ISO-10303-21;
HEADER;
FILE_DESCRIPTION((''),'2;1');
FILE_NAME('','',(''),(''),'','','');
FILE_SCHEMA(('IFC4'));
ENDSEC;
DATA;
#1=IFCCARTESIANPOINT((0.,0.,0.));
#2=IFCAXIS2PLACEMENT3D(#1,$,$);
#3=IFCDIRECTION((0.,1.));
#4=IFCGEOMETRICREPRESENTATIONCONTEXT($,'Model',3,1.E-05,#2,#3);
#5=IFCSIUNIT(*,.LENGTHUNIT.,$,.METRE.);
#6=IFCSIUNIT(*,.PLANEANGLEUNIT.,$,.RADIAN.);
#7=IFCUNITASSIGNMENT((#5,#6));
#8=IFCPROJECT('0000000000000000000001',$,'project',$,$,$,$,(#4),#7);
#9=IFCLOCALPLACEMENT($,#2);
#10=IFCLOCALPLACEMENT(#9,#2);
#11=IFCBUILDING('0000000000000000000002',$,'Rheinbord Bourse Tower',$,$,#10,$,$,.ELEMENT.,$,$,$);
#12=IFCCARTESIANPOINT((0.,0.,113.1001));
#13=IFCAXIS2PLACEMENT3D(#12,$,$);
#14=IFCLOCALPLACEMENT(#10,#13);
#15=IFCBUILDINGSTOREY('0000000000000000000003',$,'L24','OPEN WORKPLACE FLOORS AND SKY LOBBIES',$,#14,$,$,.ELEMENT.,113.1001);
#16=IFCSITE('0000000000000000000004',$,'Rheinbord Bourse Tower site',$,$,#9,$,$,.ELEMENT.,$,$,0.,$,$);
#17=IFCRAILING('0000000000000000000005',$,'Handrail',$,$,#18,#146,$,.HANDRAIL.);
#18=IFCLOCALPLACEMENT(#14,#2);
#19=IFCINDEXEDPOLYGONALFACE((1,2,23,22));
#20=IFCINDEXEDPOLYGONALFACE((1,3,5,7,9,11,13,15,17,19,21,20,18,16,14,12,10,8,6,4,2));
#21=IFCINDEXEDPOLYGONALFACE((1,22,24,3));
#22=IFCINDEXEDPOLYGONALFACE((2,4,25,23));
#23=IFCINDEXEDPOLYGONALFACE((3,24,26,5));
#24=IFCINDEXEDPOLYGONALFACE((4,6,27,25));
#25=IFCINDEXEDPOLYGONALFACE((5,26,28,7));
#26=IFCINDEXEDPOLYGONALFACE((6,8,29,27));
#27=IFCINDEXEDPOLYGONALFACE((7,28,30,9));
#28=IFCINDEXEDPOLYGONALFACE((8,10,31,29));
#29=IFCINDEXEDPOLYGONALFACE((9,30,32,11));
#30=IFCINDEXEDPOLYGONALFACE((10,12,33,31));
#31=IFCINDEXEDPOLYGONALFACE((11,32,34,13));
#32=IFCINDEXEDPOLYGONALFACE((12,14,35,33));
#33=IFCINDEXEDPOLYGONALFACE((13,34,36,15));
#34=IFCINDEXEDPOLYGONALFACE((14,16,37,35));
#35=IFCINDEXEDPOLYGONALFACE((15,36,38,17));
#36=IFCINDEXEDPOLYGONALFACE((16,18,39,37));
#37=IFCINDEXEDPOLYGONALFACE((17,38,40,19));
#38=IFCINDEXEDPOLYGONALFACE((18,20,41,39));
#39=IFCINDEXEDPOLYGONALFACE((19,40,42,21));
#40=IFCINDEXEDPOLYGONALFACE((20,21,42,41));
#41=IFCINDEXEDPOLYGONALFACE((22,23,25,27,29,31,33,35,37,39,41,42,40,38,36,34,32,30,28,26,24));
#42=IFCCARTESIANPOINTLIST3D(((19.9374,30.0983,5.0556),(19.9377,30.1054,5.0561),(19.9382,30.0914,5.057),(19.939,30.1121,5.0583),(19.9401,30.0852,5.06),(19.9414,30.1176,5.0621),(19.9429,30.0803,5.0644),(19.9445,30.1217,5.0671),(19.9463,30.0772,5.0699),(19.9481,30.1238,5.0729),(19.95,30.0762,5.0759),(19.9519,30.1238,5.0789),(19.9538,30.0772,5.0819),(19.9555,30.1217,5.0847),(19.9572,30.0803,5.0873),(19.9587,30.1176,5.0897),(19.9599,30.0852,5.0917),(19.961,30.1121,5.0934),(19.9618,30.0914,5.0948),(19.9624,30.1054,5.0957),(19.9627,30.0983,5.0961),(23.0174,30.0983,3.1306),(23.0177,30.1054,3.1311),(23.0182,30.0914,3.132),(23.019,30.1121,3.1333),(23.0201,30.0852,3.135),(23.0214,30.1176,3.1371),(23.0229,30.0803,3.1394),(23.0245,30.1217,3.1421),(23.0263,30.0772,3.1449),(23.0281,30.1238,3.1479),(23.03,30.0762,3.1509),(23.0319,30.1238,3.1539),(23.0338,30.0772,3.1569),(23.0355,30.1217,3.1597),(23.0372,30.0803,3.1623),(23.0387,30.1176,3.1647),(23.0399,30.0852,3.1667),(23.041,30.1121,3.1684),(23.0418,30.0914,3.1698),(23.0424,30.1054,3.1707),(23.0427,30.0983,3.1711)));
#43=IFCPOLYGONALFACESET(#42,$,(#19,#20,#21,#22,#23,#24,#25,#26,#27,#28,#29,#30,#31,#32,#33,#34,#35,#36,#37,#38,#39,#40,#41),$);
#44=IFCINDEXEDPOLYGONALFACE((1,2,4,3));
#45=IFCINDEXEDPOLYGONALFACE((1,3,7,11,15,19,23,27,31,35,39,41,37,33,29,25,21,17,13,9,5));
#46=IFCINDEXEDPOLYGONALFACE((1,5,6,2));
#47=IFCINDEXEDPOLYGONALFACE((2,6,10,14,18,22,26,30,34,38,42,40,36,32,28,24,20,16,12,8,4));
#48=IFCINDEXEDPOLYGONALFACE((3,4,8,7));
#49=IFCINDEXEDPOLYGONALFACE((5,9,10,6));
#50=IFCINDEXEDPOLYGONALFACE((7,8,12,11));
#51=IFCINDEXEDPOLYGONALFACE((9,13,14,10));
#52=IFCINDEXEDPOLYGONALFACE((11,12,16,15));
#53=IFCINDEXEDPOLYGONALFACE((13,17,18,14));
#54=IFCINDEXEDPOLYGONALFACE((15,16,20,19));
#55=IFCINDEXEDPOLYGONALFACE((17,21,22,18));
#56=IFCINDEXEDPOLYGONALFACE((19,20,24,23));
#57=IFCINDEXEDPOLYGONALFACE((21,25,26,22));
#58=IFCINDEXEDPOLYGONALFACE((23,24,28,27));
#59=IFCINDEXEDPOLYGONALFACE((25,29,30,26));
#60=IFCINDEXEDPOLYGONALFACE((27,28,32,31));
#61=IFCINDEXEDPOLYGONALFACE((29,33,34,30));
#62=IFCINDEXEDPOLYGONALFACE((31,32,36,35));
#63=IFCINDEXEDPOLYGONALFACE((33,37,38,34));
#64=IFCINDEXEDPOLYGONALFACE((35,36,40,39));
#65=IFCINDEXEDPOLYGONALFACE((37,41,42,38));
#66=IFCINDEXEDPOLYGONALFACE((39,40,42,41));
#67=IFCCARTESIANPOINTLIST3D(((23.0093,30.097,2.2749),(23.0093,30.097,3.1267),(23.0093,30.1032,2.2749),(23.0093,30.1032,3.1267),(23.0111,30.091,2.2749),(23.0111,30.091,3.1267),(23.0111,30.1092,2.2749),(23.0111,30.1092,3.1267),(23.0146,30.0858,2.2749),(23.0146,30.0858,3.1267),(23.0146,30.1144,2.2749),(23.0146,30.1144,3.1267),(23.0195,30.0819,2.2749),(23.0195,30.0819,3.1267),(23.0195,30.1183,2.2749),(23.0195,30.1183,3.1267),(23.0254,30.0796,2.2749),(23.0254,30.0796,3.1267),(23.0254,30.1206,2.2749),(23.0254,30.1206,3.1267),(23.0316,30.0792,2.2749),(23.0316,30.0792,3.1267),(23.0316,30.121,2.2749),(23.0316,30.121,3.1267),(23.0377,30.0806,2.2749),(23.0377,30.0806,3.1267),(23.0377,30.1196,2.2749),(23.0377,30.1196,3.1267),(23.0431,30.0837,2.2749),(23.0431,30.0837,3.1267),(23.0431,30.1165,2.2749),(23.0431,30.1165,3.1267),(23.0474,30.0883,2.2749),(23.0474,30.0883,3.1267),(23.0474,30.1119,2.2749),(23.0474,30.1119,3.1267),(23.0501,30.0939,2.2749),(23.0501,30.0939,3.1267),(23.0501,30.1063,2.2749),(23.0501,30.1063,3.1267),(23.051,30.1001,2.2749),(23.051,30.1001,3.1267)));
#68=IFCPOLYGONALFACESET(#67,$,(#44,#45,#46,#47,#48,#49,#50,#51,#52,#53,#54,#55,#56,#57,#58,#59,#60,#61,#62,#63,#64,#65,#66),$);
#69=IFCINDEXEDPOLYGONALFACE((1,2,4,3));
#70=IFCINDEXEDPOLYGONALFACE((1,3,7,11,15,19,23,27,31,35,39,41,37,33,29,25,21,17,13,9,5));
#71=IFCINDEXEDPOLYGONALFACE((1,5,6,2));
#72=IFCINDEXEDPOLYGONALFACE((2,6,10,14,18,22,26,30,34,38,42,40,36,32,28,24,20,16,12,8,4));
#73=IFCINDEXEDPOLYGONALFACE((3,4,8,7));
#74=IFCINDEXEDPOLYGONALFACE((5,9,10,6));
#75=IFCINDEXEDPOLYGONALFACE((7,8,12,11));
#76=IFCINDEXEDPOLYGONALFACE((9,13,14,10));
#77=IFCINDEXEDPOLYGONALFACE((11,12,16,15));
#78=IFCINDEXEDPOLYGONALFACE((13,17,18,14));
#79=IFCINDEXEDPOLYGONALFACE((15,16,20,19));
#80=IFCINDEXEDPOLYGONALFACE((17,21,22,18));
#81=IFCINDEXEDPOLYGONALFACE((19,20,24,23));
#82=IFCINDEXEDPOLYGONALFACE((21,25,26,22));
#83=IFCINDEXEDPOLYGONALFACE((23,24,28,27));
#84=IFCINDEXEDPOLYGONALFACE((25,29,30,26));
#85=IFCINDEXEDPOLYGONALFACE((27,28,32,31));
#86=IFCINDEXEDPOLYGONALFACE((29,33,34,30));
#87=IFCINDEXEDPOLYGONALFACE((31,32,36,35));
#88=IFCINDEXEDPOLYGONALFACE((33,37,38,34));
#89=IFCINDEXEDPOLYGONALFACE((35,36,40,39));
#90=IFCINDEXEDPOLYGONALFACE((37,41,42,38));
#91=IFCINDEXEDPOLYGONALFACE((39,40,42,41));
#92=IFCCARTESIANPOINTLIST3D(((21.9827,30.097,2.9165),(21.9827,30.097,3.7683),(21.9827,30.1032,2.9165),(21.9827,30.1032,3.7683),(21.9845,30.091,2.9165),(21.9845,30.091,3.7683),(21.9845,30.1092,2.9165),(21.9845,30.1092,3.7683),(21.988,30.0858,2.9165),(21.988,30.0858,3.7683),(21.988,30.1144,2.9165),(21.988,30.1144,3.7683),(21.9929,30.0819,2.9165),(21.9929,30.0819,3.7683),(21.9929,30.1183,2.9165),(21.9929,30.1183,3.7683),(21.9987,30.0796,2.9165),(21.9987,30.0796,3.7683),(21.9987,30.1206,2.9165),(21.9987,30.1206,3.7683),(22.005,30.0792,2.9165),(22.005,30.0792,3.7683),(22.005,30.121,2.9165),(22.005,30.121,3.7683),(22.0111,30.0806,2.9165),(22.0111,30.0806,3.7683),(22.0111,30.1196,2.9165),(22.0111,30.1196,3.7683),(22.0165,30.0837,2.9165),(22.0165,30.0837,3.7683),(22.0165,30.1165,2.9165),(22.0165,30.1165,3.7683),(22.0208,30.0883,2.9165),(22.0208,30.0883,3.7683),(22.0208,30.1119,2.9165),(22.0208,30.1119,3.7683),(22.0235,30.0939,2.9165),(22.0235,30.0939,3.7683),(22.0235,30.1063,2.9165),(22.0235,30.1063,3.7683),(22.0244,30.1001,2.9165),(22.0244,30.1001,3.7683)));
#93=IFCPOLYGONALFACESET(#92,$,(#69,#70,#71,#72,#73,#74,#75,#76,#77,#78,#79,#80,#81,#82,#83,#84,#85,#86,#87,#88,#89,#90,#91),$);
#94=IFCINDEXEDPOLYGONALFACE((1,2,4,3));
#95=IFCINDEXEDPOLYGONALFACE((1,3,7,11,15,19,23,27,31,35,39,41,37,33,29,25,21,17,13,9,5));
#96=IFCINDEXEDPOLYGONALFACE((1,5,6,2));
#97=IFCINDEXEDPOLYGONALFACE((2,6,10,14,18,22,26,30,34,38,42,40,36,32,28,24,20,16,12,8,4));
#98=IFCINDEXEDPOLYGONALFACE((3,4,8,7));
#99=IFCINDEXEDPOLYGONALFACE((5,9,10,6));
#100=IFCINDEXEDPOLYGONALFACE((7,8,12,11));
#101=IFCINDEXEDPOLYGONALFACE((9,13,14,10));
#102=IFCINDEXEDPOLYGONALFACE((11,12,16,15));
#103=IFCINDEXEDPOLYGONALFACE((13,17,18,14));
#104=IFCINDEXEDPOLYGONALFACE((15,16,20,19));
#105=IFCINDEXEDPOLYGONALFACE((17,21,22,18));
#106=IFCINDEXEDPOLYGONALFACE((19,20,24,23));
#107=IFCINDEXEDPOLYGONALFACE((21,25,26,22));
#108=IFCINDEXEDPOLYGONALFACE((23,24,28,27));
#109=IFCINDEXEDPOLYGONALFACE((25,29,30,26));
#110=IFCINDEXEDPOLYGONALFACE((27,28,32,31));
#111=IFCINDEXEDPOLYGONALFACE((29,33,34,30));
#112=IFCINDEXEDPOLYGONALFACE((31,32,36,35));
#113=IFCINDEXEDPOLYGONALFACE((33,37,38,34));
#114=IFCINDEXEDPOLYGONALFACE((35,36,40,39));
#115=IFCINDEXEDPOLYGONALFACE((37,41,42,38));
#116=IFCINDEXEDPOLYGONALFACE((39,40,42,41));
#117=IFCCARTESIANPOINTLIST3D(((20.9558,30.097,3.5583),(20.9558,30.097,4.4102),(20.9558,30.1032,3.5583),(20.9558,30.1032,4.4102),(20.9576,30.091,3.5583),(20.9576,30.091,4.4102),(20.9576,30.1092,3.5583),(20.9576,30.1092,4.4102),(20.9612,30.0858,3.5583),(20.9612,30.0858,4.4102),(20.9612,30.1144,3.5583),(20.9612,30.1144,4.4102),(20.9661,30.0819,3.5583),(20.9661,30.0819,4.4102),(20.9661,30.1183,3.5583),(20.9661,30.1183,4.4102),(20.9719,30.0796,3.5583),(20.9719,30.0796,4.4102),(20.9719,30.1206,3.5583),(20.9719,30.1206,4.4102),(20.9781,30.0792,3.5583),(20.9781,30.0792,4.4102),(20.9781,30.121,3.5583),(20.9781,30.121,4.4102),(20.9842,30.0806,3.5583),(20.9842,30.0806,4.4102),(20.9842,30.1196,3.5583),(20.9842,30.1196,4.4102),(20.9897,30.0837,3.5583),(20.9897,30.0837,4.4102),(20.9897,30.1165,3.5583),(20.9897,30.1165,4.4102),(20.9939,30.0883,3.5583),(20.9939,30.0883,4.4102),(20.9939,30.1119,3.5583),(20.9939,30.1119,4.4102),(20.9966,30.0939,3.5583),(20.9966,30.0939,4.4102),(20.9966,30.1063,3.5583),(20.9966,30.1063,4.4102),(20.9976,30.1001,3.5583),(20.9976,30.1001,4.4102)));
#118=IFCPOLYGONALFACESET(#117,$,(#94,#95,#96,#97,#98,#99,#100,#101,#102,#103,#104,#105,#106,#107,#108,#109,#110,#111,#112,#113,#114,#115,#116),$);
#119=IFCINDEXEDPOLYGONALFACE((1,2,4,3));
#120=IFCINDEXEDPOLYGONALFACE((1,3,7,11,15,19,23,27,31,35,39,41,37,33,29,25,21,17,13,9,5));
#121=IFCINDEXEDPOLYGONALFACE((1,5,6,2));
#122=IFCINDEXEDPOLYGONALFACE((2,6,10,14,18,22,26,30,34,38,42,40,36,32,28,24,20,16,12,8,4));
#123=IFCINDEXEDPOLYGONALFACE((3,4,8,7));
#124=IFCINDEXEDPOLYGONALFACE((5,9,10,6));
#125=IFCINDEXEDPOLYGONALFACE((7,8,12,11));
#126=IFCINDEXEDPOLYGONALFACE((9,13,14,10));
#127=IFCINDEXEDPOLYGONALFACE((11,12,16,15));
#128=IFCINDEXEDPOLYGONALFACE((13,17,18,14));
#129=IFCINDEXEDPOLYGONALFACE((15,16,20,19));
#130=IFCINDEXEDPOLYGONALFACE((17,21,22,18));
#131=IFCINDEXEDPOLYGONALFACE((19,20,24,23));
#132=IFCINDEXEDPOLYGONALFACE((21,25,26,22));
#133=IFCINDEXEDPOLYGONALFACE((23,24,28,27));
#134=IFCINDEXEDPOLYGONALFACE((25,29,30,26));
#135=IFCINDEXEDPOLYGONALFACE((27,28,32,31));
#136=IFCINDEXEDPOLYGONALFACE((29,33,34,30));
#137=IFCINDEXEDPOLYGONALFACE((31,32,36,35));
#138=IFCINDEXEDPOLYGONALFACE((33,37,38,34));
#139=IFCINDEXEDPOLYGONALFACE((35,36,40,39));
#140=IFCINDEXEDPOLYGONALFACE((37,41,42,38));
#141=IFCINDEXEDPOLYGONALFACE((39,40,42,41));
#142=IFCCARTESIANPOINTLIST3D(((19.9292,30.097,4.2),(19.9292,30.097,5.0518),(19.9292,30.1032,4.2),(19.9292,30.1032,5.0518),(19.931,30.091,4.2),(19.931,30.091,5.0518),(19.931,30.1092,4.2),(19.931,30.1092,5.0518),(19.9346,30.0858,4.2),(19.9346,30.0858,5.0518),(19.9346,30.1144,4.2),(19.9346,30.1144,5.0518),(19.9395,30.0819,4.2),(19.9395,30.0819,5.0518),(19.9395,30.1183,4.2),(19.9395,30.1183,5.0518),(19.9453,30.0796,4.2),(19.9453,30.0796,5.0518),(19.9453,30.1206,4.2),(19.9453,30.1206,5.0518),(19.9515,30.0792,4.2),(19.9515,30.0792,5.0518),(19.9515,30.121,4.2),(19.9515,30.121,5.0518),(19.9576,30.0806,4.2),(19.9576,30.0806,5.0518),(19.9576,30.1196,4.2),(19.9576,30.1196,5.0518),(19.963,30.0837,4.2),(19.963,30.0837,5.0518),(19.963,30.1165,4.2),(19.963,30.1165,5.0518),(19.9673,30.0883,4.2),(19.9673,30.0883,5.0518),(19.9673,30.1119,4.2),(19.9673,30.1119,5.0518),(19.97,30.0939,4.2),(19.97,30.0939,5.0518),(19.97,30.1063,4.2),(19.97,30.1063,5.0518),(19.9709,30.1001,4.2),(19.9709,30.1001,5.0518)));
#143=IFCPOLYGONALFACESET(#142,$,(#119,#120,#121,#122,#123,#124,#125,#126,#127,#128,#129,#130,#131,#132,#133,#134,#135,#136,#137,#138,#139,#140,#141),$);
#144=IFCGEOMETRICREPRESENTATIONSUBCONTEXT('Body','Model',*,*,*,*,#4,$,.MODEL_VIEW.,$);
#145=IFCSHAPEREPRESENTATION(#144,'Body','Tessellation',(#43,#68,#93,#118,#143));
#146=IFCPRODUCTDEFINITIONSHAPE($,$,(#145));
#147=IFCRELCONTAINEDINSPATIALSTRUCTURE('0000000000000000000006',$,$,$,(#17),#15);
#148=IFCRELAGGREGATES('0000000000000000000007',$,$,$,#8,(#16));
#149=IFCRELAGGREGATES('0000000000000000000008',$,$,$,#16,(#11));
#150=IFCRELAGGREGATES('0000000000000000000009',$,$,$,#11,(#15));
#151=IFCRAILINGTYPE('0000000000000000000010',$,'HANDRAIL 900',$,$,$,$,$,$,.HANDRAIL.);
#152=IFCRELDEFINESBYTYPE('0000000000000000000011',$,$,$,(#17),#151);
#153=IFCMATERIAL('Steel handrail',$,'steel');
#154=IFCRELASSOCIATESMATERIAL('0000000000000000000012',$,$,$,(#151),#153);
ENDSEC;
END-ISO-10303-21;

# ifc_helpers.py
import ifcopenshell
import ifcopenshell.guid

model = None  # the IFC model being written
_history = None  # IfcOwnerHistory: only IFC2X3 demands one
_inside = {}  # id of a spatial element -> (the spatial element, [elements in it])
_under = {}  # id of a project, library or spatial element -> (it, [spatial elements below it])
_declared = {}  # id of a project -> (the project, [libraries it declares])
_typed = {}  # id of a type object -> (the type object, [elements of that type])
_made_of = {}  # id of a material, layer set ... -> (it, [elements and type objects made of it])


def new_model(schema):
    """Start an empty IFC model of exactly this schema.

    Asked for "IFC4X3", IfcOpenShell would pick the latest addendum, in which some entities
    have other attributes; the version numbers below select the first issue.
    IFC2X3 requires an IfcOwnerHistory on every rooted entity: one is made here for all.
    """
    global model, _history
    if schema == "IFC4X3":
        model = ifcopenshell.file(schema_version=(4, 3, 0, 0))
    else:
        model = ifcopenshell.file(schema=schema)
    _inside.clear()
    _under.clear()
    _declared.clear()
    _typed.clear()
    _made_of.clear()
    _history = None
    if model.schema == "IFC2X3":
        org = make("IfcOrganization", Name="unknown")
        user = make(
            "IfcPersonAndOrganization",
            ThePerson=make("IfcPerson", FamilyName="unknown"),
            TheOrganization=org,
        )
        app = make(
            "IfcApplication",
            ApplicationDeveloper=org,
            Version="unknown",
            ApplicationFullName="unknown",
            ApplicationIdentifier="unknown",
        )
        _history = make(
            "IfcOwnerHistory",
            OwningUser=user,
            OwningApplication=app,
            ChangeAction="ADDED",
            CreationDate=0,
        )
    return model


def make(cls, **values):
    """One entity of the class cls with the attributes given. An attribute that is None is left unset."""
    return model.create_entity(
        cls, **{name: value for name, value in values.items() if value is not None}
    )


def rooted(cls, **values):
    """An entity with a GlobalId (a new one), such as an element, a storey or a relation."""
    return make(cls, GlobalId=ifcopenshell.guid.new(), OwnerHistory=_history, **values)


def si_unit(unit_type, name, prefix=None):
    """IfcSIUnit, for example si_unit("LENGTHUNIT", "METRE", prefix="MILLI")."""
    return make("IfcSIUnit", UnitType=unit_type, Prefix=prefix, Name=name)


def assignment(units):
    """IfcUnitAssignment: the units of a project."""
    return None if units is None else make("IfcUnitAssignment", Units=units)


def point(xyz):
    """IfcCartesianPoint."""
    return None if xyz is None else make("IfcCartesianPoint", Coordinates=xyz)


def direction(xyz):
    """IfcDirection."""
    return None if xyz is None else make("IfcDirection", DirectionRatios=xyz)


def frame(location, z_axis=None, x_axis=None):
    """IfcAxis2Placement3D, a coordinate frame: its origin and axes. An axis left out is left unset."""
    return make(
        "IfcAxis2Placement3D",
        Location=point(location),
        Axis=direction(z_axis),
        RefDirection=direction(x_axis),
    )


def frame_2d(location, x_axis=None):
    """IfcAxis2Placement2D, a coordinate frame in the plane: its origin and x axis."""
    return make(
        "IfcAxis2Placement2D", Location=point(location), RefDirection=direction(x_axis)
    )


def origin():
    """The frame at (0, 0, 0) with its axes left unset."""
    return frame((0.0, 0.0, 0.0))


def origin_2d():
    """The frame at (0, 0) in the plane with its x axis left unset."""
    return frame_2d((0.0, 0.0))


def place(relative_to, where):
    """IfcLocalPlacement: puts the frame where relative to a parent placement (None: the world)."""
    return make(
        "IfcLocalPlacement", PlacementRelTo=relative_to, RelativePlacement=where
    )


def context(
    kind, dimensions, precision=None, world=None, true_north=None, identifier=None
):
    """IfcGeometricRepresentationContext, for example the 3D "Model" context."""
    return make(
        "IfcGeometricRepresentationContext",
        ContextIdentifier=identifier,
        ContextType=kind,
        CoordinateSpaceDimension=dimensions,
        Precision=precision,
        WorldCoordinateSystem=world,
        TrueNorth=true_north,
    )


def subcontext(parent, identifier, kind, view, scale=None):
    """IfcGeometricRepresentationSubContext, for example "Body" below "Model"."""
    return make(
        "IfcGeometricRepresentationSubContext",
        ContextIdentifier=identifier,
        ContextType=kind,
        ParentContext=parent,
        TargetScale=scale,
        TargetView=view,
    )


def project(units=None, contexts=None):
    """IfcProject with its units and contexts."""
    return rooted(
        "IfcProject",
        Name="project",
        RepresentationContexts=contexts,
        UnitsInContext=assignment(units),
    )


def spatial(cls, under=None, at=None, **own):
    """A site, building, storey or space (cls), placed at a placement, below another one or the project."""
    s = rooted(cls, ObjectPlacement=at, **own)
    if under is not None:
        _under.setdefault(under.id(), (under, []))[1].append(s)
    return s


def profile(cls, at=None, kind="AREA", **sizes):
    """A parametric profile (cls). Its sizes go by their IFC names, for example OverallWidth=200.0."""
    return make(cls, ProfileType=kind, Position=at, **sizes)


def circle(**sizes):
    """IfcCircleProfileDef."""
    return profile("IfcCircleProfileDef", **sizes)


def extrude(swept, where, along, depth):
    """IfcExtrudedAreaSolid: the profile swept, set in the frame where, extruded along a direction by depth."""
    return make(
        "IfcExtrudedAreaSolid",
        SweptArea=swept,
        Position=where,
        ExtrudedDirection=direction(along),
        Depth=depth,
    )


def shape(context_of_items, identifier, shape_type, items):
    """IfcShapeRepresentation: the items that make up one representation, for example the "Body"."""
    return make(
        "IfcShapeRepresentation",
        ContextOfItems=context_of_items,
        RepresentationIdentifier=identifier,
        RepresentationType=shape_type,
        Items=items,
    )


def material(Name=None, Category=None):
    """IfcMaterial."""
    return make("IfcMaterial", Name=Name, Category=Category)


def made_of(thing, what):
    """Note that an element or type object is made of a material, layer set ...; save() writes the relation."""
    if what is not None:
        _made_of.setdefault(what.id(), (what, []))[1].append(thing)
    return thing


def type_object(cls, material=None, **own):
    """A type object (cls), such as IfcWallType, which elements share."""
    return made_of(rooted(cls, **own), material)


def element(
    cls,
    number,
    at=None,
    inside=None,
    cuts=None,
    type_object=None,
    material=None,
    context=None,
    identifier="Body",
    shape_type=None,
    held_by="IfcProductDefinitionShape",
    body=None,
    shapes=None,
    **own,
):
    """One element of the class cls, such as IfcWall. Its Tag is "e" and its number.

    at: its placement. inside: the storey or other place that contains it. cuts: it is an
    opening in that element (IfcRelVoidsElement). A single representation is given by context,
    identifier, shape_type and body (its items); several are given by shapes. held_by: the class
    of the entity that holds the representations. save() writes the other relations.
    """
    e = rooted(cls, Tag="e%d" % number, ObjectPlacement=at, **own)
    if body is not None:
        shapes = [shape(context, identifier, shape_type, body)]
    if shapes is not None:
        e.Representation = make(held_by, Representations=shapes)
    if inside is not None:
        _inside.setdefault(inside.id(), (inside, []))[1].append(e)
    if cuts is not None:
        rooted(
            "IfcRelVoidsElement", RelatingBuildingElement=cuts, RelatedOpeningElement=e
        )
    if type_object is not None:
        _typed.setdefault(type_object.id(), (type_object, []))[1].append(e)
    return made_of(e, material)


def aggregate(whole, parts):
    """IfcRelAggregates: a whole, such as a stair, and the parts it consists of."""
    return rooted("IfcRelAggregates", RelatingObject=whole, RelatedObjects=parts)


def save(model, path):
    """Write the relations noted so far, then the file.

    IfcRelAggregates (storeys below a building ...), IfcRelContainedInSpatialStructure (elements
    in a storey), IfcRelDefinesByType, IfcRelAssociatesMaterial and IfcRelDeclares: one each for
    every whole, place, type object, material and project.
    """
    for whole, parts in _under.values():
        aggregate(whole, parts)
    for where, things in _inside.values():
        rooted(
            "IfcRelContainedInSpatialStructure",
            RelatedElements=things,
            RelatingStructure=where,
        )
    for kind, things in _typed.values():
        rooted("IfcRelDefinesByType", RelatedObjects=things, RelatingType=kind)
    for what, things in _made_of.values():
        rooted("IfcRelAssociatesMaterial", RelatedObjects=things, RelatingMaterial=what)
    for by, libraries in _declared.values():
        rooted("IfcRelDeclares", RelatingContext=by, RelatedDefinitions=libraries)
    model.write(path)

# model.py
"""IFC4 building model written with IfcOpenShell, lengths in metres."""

from ifc_helpers import new_model, si_unit, direction, frame, origin, origin_2d, place, context, subcontext, project, spatial, circle, extrude, material, type_object, element, save


model = new_model("IFC4")

# Units and contexts
model_context = context("Model", 3, precision=1e-05, world=origin(), true_north=direction((0.0, 1.0)))
body_context = subcontext(model_context, "Body", "Model", "MODEL_VIEW")
ifc_project = project(units=[si_unit("LENGTHUNIT", "METRE"), si_unit("PLANEANGLEUNIT", "RADIAN")], contexts=[model_context])

# Site, building, storey
site_placement = place(None, origin())
site = spatial("IfcSite", under=ifc_project, at=site_placement, Name="Rheinbord Bourse Tower site", CompositionType="ELEMENT", RefElevation=0.0)
building_placement = place(site_placement, origin())
building = spatial("IfcBuilding", under=site, at=building_placement, Name="Rheinbord Bourse Tower", CompositionType="ELEMENT")
storey_placement = place(building_placement, frame((0.0, 0.0, 113.1001)))
storey = spatial("IfcBuildingStorey", under=building, at=storey_placement, Name="L24", Description="OPEN WORKPLACE FLOORS AND SKY LOBBIES", CompositionType="ELEMENT", Elevation=113.1001)

# Railing
ifc_material_1 = material(Name="Steel handrail", Category="steel")
railing_type = type_object("IfcRailingType", Name="HANDRAIL 900", PredefinedType="HANDRAIL", material=ifc_material_1)
railing_1_placement = place(storey_placement, frame((23.03, 30.1001, 2.2749)))
element("IfcRailing", 1, at=railing_1_placement, inside=storey, type_object=railing_type, Name="Handrail", PredefinedType="HANDRAIL", context=body_context, shape_type="SweptSolid", body=[
    extrude(circle(Radius=0.0239, at=origin_2d()), frame((0.0, 0.0, 0.876), z_axis=(-0.847998, 0.0, 0.529999), x_axis=(0.0, -1.0, 0.0)), (0.0, 0.0, 1.0), 3.6321),
    extrude(circle(Radius=0.021, at=origin_2d()), origin(), (0.0, 0.0, 1.0), 0.8518),
    extrude(circle(Radius=0.021, at=origin_2d()), frame((-1.0266, 0.0, 0.6416)), (0.0, 0.0, 1.0), 0.8518),
    extrude(circle(Radius=0.021, at=origin_2d()), frame((-2.0535, 0.0, 1.2834)), (0.0, 0.0, 1.0), 0.8518),
    extrude(circle(Radius=0.021, at=origin_2d()), frame((-3.0801, 0.0, 1.925)), (0.0, 0.0, 1.0), 0.8518),
])

save(model, "model.ifc")
